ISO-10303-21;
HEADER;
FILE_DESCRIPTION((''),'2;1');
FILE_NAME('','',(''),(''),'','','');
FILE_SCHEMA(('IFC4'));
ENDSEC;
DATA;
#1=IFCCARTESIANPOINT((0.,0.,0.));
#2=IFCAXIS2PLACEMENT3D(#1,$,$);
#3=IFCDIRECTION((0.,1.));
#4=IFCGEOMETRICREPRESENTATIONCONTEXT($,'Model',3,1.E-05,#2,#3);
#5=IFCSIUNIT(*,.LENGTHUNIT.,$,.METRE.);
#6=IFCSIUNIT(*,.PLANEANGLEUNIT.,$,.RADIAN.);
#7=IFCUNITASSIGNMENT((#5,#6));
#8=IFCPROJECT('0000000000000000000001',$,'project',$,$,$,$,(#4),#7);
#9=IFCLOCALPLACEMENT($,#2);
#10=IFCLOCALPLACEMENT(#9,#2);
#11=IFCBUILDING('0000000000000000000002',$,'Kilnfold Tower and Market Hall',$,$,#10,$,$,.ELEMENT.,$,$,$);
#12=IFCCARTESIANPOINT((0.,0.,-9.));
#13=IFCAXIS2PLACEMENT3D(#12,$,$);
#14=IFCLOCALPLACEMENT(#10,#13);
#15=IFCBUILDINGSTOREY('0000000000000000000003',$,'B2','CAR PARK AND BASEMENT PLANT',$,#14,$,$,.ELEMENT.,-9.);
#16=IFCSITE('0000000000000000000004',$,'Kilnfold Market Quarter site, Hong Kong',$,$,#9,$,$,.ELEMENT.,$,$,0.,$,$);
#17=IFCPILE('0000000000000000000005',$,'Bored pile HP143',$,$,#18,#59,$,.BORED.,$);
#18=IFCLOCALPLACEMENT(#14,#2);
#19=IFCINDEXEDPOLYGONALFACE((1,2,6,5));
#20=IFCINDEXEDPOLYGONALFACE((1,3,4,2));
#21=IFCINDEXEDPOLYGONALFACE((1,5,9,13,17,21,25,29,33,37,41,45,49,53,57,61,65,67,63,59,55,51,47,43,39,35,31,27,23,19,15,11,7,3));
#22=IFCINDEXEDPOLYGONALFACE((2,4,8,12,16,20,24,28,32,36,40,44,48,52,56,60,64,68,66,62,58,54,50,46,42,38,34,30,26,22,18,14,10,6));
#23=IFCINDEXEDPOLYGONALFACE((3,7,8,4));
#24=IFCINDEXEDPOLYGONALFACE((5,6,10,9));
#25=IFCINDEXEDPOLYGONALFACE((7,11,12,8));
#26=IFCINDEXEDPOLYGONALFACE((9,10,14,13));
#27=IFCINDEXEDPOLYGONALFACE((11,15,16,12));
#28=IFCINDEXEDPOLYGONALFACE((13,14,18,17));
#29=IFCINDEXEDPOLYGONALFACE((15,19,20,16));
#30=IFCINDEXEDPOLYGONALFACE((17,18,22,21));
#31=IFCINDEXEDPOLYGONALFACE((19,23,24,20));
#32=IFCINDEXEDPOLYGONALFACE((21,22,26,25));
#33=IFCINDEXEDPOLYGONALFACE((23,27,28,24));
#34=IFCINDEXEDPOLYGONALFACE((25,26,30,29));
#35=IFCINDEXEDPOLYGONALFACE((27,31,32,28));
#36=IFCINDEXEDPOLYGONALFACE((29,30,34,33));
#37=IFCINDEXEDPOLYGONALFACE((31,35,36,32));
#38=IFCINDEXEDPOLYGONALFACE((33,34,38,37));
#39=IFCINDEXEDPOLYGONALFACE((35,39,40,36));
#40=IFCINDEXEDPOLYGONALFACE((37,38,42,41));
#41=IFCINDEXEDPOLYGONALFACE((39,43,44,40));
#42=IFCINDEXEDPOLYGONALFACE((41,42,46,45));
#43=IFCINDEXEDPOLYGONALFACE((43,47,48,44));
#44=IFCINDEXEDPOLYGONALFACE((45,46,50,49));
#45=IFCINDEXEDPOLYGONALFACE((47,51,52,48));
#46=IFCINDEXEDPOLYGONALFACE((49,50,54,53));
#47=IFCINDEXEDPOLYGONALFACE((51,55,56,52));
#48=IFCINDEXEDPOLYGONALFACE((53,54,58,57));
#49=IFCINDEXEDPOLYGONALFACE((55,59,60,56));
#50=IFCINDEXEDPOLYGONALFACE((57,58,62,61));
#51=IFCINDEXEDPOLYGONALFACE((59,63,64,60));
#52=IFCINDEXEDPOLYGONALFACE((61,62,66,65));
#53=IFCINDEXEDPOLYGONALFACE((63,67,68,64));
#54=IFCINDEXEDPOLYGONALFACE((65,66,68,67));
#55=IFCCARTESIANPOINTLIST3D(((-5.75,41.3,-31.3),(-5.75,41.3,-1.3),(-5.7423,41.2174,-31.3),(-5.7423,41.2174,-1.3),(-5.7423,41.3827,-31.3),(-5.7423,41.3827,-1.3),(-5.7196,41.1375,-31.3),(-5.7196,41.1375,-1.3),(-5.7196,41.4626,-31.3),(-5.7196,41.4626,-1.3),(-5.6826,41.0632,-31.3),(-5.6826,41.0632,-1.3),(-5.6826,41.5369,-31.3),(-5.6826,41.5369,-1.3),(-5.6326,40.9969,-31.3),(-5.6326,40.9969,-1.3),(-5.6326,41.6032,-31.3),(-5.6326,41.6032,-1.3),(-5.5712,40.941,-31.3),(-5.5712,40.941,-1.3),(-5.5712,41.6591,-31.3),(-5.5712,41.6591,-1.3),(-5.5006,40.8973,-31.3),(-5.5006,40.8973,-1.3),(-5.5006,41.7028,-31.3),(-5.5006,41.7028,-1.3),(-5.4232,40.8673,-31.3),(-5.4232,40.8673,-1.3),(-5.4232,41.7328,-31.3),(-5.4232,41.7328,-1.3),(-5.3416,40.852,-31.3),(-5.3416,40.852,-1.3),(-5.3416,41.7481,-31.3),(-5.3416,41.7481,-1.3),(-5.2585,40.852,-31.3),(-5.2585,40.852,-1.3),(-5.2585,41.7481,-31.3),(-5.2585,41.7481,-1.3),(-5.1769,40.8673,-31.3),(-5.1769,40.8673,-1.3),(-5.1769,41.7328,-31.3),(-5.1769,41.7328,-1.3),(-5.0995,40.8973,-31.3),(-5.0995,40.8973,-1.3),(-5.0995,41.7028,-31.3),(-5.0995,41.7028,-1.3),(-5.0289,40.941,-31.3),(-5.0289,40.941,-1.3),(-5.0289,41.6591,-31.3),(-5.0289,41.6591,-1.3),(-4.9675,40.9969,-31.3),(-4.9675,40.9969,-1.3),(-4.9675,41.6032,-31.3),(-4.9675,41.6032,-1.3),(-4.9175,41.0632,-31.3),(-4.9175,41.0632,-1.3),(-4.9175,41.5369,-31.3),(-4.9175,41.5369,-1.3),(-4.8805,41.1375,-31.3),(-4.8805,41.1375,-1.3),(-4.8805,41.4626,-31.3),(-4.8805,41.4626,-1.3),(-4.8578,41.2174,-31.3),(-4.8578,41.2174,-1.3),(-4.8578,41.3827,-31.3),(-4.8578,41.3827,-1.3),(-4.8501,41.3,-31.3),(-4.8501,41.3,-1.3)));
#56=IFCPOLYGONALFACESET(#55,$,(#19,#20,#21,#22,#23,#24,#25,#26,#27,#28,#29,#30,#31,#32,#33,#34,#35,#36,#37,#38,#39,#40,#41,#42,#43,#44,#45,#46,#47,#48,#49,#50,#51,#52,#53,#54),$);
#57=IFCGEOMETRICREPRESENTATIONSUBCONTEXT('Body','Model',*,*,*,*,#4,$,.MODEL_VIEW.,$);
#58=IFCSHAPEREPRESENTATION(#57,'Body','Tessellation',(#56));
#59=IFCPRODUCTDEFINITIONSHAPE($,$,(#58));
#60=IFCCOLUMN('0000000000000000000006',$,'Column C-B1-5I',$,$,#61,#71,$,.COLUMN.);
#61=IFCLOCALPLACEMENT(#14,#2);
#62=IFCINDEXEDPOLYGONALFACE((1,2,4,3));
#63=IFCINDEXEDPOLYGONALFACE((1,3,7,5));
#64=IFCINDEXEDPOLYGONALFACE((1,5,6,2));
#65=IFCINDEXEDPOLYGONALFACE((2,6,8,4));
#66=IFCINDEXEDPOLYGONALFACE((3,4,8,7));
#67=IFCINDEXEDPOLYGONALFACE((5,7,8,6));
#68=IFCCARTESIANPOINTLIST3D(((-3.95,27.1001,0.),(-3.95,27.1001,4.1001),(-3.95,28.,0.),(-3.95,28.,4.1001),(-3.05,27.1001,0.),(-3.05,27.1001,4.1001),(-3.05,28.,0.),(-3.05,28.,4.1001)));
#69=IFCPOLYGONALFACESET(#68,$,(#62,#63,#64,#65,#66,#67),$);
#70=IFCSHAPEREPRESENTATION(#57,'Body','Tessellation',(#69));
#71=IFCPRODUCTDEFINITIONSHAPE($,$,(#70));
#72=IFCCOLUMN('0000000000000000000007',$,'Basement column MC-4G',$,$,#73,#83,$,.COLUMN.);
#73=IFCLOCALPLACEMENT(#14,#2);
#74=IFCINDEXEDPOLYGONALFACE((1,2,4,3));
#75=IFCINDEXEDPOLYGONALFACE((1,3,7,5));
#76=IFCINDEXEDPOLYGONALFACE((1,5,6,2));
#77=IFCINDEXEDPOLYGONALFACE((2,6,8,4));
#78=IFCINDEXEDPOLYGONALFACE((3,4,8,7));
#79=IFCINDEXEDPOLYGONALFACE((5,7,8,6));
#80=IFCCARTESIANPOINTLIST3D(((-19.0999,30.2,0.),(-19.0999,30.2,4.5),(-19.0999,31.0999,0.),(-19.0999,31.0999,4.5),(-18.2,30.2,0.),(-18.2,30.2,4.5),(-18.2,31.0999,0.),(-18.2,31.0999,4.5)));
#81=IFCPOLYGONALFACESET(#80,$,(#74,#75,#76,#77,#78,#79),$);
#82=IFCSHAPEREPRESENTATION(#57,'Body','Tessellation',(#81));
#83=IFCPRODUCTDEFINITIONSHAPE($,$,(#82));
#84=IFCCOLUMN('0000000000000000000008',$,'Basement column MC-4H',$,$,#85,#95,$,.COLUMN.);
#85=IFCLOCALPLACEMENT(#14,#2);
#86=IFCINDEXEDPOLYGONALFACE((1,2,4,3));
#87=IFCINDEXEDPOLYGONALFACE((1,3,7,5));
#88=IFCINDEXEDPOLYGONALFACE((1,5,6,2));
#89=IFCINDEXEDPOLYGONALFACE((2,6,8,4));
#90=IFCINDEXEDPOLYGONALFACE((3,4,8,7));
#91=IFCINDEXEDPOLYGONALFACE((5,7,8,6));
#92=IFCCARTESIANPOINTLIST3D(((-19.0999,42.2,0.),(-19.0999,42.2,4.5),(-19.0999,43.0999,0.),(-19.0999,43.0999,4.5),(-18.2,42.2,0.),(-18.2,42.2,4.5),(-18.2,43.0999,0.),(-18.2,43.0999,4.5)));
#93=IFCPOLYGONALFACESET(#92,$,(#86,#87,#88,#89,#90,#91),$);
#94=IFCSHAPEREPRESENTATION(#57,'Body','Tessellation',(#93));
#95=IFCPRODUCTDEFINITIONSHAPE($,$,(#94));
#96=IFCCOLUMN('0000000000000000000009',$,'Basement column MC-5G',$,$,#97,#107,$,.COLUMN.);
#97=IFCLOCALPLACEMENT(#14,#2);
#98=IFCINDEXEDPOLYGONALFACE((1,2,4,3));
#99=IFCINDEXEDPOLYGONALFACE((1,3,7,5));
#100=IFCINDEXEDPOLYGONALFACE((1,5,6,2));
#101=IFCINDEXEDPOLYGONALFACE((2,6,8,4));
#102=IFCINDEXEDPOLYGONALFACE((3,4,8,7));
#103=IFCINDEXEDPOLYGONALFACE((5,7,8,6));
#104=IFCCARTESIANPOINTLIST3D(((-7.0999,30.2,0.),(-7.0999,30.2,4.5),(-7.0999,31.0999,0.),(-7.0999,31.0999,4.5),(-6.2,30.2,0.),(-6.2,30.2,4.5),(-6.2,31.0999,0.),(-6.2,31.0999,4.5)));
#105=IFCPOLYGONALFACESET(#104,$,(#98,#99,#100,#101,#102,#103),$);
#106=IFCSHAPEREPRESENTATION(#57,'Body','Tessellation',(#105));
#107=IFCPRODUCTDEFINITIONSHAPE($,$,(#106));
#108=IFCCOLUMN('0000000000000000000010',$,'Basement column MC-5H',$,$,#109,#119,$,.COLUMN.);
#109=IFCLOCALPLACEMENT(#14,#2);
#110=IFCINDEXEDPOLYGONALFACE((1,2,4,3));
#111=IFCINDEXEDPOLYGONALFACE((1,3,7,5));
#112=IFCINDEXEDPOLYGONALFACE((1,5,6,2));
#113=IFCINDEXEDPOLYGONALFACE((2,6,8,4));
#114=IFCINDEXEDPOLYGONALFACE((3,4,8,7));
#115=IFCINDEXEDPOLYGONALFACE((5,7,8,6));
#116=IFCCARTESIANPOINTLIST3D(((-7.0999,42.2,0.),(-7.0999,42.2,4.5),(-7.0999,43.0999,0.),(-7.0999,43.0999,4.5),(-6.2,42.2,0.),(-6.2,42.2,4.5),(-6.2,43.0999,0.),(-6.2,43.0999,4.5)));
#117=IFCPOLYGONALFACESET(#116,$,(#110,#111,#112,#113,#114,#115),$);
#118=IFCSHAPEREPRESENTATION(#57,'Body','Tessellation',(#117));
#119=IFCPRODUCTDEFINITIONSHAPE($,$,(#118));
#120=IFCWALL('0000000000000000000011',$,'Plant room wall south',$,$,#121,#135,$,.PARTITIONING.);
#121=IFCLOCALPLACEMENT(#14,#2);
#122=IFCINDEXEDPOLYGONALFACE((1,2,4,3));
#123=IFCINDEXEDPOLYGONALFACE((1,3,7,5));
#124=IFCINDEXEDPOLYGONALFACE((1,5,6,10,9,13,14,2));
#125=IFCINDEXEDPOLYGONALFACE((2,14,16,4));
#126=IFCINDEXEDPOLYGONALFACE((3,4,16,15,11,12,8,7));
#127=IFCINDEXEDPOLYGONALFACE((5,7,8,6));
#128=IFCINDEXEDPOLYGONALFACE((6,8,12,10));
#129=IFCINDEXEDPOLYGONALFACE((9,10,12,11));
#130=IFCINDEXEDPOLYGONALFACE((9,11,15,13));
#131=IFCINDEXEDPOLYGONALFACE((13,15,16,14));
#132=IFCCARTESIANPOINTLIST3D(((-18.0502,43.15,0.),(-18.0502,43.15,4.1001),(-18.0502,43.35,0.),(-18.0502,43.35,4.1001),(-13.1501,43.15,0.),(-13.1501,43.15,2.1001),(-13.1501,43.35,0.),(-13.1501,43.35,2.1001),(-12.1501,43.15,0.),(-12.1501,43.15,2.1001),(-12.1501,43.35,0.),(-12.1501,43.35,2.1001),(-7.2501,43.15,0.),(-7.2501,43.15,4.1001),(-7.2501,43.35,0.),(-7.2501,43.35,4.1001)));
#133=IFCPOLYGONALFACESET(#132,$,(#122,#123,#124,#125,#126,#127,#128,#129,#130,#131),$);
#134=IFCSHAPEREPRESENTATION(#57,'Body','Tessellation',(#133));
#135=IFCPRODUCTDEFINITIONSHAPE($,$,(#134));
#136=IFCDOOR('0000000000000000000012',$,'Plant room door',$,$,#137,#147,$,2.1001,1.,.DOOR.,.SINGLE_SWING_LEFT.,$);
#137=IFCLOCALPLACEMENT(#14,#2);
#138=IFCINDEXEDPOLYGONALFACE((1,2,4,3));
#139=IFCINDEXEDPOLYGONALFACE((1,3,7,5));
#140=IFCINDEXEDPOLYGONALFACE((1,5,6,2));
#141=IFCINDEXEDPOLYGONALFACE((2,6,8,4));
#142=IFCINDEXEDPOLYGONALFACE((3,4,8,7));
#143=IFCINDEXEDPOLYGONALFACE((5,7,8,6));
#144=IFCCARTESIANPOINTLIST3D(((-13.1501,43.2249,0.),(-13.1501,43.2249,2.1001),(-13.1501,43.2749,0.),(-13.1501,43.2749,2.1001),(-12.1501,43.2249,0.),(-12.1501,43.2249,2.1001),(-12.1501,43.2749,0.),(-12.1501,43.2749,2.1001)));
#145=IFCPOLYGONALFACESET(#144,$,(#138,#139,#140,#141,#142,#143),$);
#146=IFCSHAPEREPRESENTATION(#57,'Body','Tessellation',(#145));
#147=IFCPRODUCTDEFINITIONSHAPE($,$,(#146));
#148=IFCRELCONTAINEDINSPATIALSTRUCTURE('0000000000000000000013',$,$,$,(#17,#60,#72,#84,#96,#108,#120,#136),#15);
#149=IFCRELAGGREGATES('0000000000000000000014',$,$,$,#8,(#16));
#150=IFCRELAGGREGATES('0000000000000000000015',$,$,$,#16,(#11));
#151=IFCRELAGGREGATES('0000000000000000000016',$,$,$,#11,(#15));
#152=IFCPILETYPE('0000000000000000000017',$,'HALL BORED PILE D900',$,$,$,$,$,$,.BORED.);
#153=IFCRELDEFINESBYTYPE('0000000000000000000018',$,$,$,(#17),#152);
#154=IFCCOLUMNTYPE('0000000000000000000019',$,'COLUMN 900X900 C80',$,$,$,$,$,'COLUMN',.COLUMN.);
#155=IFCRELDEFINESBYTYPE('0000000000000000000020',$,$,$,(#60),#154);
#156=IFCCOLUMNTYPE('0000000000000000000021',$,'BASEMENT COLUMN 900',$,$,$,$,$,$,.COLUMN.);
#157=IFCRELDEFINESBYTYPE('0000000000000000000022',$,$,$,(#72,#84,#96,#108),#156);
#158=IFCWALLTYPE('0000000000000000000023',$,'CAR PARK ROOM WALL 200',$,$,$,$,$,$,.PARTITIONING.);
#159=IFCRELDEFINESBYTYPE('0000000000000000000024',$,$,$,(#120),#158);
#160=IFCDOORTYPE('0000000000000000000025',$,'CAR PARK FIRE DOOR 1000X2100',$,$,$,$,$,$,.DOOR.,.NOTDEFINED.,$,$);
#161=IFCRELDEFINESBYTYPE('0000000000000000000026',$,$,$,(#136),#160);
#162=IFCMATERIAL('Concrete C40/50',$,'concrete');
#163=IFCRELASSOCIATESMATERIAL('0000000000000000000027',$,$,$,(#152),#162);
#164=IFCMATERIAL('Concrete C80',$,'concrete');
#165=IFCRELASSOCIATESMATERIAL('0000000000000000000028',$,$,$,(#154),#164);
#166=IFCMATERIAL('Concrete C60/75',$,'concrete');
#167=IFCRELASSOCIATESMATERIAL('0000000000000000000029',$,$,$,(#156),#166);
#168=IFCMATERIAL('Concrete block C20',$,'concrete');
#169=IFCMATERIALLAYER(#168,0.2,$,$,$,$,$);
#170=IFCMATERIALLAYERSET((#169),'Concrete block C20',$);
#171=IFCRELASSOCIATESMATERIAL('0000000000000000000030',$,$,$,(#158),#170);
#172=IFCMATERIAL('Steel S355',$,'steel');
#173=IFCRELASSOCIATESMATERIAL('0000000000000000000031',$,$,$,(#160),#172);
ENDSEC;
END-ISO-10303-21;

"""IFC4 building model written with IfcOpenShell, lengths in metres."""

from ifc_helpers import new_model, si_unit, direction, frame, frame_2d, origin, origin_2d, place, context, subcontext, project, spatial, rectangle, circle, extrude, source, transform, mapped, material, layer, layer_set, material_profile, profile_set, type_object, element, fill, save


model = new_model("IFC4")

# Units and contexts
model_context = context("Model", 3, precision=1e-05, world=origin(), true_north=direction((0.0, 1.0)))
body_context = subcontext(model_context, "Body", "Model", "MODEL_VIEW")
ifc_project = project(units=[si_unit("LENGTHUNIT", "METRE"), si_unit("PLANEANGLEUNIT", "RADIAN")], contexts=[model_context])

# Site, building, storey
site_placement = place(None, origin())
site = spatial("IfcSite", under=ifc_project, at=site_placement, Name="Kilnfold Market Quarter site, Hong Kong", CompositionType="ELEMENT", RefElevation=0.0)
building_placement = place(site_placement, origin())
building = spatial("IfcBuilding", under=site, at=building_placement, Name="Kilnfold Tower and Market Hall", CompositionType="ELEMENT")
storey_placement = place(building_placement, frame((0.0, 0.0, -9.0)))
storey = spatial("IfcBuildingStorey", under=building, at=storey_placement, Name="B2", Description="CAR PARK AND BASEMENT PLANT", CompositionType="ELEMENT", Elevation=-9.0)

# Pile
ifc_material_1 = material(Name="Concrete C40/50", Category="concrete")
ifc_material_profile_1 = material_profile(ifc_material_1, circle(Radius=0.45, at=origin_2d()), Name="D900")
ifc_profile_set_1 = profile_set([ifc_material_profile_1], Name="Concrete C40/50")
pile_type = type_object("IfcPileType", Name="HALL BORED PILE D900", PredefinedType="BORED", material=ifc_profile_set_1)
shared_shape_1 = source(origin(), body_context, "Body", "SweptSolid", [
    extrude(circle(Radius=0.45, at=origin_2d()), origin(), (0.0, 0.0, 1.0), 30.0),
])
for number, where, z_axis, x_axis, name in (
    (1, (-5.3, 41.3, -1.3), (0.0, 0.0, -1.0), (1.0, 0.0, 0.0), "Bored pile HP143"),
):
    element("IfcPile", number, at=place(storey_placement, frame(where, z_axis=z_axis, x_axis=x_axis)), inside=storey, type_object=pile_type, Name=name, PredefinedType="BORED", context=body_context, shape_type="MappedRepresentation", body=[
        mapped(shared_shape_1, transform((0.0, 0.0, 0.0))),
    ])

# Columns
ifc_material_2 = material(Name="Concrete C80", Category="concrete")
ifc_material_profile_2 = material_profile(ifc_material_2, rectangle(XDim=0.8999, YDim=0.8999, at=origin_2d()), Name="RC 900x900")
ifc_profile_set_2 = profile_set([ifc_material_profile_2], Name="Concrete C80")
column_type_1 = type_object("IfcColumnType", Name="COLUMN 900X900 C80", ElementType="COLUMN", PredefinedType="COLUMN", material=ifc_profile_set_2)
shared_shape_2 = source(origin(), body_context, "Body", "SweptSolid", [
    extrude(rectangle(XDim=0.8999, YDim=0.8999, at=origin_2d()), origin(), (0.0, 0.0, 1.0), 4.1001),
])
column_placement = place(storey_placement, frame((-3.5, 27.55, 0.0), z_axis=(0.0, 0.0, 1.0), x_axis=(1.0, 0.0, 0.0)))
element("IfcColumn", 2, at=column_placement, inside=storey, type_object=column_type_1, Name="Column C-B1-5I", PredefinedType="COLUMN", context=body_context, shape_type="MappedRepresentation", body=[
    mapped(shared_shape_2, transform((0.0, 0.0, 0.0))),
])
ifc_material_3 = material(Name="Concrete C60/75", Category="concrete")
ifc_material_profile_3 = material_profile(ifc_material_3, rectangle(XDim=0.8999, YDim=0.8999, at=origin_2d()), Name="RC 900x900")
ifc_profile_set_3 = profile_set([ifc_material_profile_3], Name="Concrete C60/75")
column_type_2 = type_object("IfcColumnType", Name="BASEMENT COLUMN 900", PredefinedType="COLUMN", material=ifc_profile_set_3)
shared_shape_3 = source(origin(), body_context, "Body", "SweptSolid", [
    extrude(rectangle(XDim=0.8999, YDim=0.8999, at=origin_2d()), origin(), (0.0, 0.0, 1.0), 4.5),
])
for number, where, z_axis, x_axis, name in (
    (3, (-18.6499, 30.6499, 0.0), (0.0, 0.0, 1.0), (1.0, 0.0, 0.0), "Basement column MC-4G"),
    (4, (-18.6499, 42.6499, 0.0), (0.0, 0.0, 1.0), (1.0, 0.0, 0.0), "Basement column MC-4H"),
    (5, (-6.6499, 30.6499, 0.0), (0.0, 0.0, 1.0), (1.0, 0.0, 0.0), "Basement column MC-5G"),
    (6, (-6.6499, 42.6499, 0.0), (0.0, 0.0, 1.0), (1.0, 0.0, 0.0), "Basement column MC-5H"),
):
    element("IfcColumn", number, at=place(storey_placement, frame(where, z_axis=z_axis, x_axis=x_axis)), inside=storey, type_object=column_type_2, Name=name, PredefinedType="COLUMN", context=body_context, shape_type="MappedRepresentation", body=[
        mapped(shared_shape_3, transform((0.0, 0.0, 0.0))),
    ])

# Wall, opening, door
ifc_material_4 = material(Name="Concrete block C20", Category="concrete")
ifc_layer = layer(ifc_material_4, 0.2)
ifc_layer_set = layer_set([ifc_layer], Name="Concrete block C20")
wall_type = type_object("IfcWallType", Name="CAR PARK ROOM WALL 200", PredefinedType="PARTITIONING", material=ifc_layer_set)
shared_shape_4 = source(origin(), body_context, "Body", "SweptSolid", [
    extrude(rectangle(XDim=10.8, YDim=0.2, at=frame_2d((5.3999, 0.0))), origin(), (0.0, 0.0, 1.0), 4.1001),
])
wall_placement = place(storey_placement, frame((-18.05, 43.25, 0.0), z_axis=(0.0, 0.0, 1.0), x_axis=(1.0, 0.0, 0.0)))
wall = element("IfcWall", 7, at=wall_placement, inside=storey, type_object=wall_type, Name="Plant room wall south", PredefinedType="PARTITIONING", context=body_context, shape_type="MappedRepresentation", body=[
    mapped(shared_shape_4, transform((0.0, 0.0, 0.0))),
])
opening_placement = place(wall_placement, frame((4.8999, 0.0, 0.0)))
opening = element("IfcOpeningElement", 8, at=opening_placement, cuts=wall, PredefinedType="OPENING", context=body_context, shape_type="SweptSolid", body=[
    extrude(rectangle(XDim=1.0, YDim=2.1001, at=frame_2d((0.5, 1.05))), frame((0.0, 0.1099, 0.0), z_axis=(0.0, -1.0, 0.0), x_axis=(1.0, 0.0, 0.0)), (0.0, 0.0, 1.0), 0.22),
])
ifc_material_5 = material(Name="Steel S355", Category="steel")
door_type = type_object("IfcDoorType", Name="CAR PARK FIRE DOOR 1000X2100", OperationType="NOTDEFINED", PredefinedType="DOOR", material=ifc_material_5)
door_placement = place(opening_placement, origin())
door = element("IfcDoor", 9, at=door_placement, inside=storey, type_object=door_type, Name="Plant room door", OperationType="SINGLE_SWING_LEFT", OverallHeight=2.1001, OverallWidth=1.0, PredefinedType="DOOR", context=body_context, shape_type="SweptSolid", body=[
    extrude(rectangle(XDim=1.0, YDim=2.1001, at=frame_2d((0.5, 1.05))), frame((0.0, 0.0249, 0.0), z_axis=(0.0, -1.0, 0.0), x_axis=(1.0, 0.0, 0.0)), (0.0, 0.0, 1.0), 0.05),
])
fill(opening, door)

save(model, "model.ifc")
